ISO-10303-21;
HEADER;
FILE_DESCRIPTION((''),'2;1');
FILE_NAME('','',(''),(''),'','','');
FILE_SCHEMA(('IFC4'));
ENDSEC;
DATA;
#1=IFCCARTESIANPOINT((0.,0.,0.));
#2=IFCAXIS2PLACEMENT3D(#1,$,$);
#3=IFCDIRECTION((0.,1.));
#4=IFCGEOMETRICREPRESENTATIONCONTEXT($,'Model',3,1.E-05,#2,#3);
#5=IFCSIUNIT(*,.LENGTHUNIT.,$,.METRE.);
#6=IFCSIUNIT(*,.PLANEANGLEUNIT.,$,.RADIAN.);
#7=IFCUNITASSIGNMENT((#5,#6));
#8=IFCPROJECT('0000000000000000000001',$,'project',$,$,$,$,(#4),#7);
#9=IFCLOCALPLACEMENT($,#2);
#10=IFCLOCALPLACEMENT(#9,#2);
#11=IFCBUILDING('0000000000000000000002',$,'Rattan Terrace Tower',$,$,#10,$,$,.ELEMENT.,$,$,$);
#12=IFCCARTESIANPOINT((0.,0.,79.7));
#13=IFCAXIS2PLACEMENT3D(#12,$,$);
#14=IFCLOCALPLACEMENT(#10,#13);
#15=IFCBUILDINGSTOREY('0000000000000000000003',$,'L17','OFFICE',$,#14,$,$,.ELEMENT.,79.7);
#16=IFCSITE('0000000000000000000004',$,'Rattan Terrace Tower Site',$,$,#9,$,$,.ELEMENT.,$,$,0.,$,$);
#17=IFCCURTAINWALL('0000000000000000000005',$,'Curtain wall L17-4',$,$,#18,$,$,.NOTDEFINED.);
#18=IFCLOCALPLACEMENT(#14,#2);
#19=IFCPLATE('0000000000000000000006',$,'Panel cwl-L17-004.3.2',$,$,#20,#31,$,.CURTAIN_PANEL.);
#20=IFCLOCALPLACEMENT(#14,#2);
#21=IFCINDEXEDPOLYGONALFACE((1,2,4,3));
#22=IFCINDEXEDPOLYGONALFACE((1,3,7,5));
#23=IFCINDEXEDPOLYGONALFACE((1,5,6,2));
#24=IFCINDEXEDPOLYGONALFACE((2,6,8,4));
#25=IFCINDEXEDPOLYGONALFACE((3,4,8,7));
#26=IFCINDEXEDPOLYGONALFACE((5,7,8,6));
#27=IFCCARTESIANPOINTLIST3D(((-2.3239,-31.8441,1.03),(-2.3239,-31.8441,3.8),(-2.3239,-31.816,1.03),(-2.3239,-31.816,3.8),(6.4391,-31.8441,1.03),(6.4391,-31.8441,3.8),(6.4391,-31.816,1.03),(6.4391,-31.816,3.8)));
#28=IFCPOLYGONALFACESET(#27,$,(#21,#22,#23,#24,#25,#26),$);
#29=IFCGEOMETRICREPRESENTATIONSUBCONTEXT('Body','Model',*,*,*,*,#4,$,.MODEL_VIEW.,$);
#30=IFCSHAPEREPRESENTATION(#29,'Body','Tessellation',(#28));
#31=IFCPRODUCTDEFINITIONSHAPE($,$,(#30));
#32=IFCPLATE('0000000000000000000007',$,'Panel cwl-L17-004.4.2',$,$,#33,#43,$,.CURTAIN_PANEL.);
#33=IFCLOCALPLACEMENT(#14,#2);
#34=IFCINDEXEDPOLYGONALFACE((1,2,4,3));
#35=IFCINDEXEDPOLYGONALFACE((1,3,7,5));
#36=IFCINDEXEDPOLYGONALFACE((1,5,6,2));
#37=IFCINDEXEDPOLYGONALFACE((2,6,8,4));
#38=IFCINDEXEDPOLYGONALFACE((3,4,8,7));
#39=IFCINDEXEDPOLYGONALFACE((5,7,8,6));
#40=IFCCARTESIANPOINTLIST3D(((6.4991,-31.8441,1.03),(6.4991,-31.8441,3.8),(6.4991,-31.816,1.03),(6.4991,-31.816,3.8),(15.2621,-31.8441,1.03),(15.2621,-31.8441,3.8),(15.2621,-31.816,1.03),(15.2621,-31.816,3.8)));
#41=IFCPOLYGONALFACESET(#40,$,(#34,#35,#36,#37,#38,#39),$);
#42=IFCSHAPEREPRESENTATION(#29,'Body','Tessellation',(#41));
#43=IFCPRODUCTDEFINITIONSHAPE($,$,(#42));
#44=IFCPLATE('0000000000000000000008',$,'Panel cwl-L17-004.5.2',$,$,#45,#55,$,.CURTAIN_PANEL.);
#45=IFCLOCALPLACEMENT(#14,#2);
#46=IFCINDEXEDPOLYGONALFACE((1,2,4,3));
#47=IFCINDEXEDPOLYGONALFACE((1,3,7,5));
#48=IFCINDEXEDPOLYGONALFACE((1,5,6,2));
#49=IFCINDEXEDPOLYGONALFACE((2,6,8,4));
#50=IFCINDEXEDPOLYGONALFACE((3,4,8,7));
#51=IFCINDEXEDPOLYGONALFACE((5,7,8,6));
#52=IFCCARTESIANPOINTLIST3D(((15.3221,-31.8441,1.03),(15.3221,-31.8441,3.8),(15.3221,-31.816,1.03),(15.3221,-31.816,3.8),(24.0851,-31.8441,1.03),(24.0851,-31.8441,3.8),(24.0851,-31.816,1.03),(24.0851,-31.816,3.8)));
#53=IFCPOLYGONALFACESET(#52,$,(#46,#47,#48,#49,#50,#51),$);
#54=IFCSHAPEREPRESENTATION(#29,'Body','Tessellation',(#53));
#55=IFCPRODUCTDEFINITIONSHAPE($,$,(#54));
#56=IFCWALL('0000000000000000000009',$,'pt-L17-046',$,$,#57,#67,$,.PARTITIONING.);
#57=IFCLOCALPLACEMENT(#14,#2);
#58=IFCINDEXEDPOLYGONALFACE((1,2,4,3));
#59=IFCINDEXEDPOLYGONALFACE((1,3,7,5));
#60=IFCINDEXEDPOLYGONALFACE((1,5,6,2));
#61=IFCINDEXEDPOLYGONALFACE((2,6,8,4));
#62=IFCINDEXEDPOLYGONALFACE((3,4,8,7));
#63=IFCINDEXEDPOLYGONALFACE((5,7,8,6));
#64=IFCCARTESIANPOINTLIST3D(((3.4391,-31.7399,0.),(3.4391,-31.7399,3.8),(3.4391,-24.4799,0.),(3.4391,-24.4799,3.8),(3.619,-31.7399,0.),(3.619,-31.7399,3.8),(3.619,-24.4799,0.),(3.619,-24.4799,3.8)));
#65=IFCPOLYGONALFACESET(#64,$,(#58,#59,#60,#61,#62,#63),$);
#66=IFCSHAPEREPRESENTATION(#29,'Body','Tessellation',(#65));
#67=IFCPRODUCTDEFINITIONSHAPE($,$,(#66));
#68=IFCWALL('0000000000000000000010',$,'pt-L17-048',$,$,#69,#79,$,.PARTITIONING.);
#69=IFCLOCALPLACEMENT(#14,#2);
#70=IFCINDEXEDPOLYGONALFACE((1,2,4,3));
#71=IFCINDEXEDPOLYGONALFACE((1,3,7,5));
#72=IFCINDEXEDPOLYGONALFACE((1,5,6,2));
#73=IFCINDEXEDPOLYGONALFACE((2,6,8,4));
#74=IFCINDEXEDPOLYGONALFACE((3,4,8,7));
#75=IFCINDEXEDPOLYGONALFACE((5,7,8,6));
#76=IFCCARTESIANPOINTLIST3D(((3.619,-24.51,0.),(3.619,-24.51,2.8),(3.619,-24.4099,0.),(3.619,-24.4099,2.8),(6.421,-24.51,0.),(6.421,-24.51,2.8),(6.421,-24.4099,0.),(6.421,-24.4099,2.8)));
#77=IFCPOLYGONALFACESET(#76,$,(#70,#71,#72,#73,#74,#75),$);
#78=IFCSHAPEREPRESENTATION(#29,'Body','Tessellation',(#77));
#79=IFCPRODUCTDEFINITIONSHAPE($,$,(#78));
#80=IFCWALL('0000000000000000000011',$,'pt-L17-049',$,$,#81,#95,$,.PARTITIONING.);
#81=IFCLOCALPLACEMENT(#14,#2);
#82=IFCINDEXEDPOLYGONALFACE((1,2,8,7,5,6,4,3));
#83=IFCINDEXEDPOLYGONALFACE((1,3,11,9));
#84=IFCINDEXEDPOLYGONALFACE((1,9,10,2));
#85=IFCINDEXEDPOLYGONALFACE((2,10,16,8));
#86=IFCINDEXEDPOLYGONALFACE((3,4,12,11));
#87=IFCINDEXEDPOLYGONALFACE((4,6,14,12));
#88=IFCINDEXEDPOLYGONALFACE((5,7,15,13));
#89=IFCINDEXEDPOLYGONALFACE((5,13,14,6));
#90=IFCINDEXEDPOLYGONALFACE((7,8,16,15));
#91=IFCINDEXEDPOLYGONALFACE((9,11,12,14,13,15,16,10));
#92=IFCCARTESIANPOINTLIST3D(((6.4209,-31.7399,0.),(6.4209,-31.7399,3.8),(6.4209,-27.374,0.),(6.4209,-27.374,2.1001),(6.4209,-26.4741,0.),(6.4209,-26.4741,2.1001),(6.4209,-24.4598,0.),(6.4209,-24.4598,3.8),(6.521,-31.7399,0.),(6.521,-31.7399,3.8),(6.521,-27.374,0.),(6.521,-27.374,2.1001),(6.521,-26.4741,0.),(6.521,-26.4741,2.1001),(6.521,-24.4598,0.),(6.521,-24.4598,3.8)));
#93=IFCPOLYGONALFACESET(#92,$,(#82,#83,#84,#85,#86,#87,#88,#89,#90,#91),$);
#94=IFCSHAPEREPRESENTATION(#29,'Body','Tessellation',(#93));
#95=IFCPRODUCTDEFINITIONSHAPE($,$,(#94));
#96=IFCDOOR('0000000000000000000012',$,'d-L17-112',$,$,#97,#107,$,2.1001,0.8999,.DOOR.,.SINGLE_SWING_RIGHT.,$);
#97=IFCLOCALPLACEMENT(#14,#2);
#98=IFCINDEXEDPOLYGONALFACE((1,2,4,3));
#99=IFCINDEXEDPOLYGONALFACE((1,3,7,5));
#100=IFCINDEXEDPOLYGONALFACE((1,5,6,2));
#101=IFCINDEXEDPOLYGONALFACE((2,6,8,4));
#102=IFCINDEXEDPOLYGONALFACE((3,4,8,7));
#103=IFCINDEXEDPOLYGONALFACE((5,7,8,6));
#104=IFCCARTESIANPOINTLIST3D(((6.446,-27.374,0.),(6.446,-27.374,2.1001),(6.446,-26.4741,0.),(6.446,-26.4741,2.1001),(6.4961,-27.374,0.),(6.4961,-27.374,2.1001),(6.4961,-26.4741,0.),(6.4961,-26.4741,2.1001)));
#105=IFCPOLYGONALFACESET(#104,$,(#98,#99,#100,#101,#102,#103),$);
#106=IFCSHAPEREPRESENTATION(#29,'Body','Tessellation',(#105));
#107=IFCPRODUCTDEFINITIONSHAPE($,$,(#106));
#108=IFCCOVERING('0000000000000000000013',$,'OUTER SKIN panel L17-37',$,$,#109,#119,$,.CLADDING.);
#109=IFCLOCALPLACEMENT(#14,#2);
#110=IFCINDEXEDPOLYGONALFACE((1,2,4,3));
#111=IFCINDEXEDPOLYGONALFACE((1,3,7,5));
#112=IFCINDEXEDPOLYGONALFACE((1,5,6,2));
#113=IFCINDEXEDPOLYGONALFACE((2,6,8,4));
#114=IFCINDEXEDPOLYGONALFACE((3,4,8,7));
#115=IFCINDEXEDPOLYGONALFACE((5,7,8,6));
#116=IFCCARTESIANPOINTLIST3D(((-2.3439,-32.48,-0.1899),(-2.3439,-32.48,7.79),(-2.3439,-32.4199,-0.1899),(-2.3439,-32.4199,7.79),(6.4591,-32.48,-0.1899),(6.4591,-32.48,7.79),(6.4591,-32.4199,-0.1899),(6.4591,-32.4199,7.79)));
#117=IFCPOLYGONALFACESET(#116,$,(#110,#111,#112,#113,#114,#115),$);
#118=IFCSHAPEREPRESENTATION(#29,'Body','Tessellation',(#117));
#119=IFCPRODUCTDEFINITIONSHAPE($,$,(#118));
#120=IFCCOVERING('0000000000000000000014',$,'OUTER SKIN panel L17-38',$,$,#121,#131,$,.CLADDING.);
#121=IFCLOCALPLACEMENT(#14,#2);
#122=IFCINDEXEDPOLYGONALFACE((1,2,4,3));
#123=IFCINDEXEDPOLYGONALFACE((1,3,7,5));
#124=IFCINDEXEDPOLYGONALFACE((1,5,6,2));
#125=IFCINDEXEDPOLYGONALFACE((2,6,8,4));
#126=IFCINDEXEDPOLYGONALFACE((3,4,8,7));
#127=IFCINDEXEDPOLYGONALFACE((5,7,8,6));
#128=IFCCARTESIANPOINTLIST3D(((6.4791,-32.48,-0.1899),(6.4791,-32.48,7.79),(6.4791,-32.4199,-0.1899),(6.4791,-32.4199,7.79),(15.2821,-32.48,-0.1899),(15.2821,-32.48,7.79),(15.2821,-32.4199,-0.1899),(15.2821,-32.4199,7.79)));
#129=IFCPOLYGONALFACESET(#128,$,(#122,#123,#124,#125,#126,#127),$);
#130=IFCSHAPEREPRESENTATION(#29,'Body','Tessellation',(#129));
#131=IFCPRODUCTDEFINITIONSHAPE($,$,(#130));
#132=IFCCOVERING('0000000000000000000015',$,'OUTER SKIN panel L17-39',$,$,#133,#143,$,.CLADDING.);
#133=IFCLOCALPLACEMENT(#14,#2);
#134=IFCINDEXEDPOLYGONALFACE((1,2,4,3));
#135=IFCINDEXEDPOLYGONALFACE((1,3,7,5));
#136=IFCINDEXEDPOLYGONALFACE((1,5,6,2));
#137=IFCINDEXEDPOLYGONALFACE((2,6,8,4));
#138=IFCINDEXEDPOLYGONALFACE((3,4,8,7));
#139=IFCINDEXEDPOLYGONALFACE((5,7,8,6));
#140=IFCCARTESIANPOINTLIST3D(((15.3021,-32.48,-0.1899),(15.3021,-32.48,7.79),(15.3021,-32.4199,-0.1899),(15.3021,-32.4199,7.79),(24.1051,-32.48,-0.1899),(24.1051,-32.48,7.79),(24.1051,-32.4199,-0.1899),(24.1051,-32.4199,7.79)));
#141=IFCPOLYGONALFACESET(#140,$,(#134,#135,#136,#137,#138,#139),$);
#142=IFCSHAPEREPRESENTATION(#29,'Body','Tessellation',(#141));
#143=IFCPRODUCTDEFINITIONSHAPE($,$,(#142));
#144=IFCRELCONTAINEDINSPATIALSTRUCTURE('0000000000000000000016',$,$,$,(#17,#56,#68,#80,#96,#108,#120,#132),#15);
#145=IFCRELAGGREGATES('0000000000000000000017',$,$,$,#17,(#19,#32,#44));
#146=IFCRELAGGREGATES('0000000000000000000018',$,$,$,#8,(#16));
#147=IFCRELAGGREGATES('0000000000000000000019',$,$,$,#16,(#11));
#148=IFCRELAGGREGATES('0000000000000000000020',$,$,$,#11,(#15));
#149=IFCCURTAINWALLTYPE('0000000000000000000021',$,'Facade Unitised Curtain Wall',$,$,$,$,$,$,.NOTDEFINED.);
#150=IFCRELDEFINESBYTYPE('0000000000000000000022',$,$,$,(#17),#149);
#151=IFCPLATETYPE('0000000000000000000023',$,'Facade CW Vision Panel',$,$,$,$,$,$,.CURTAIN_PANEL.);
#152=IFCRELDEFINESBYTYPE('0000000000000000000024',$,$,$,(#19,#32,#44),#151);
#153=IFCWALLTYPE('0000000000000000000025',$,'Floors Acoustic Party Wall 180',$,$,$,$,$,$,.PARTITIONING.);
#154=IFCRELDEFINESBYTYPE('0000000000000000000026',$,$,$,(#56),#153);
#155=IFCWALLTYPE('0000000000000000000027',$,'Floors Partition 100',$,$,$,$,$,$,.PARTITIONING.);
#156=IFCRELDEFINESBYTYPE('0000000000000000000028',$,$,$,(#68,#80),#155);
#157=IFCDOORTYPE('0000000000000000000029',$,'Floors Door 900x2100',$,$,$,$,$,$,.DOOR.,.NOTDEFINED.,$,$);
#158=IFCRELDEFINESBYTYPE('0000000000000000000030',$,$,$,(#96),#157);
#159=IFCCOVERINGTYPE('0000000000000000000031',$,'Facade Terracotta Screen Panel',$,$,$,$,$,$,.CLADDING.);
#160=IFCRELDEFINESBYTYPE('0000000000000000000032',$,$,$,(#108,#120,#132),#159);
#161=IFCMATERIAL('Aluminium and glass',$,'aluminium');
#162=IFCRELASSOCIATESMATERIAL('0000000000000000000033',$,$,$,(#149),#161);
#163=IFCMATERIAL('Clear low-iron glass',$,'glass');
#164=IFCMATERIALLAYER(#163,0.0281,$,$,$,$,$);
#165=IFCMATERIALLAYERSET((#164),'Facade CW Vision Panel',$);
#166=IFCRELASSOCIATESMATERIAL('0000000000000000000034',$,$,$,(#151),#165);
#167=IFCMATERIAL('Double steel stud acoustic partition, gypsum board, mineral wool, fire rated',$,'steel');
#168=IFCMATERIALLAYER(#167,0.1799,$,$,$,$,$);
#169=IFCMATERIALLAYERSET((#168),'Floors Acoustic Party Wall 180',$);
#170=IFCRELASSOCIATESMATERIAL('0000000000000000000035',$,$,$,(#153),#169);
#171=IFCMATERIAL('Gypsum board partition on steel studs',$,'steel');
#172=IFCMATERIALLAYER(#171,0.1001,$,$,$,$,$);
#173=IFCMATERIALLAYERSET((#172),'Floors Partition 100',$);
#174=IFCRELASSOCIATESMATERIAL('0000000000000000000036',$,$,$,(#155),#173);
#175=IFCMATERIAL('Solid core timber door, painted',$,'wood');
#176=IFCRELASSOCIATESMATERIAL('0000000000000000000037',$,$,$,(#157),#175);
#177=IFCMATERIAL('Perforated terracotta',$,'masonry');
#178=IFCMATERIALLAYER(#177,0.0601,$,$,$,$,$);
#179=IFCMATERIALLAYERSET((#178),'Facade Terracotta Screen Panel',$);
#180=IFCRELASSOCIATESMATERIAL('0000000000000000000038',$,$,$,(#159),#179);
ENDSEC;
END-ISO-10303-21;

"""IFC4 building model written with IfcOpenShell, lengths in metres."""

from ifc_helpers import new_model, si_unit, direction, frame, frame_2d, origin, origin_2d, place, context, subcontext, project, spatial, rectangle, extrude, material, layer, layer_set, type_object, element, fill, aggregate, save


model = new_model("IFC4")

# Units and contexts
model_context = context("Model", 3, precision=1e-05, world=origin(), true_north=direction((0.0, 1.0)))
body_context = subcontext(model_context, "Body", "Model", "MODEL_VIEW")
ifc_project = project(units=[si_unit("LENGTHUNIT", "METRE"), si_unit("PLANEANGLEUNIT", "RADIAN")], contexts=[model_context])

# Site, building, storey
site_placement = place(None, origin())
site = spatial("IfcSite", under=ifc_project, at=site_placement, Name="Rattan Terrace Tower Site", CompositionType="ELEMENT", RefElevation=0.0)
building_placement = place(site_placement, origin())
building = spatial("IfcBuilding", under=site, at=building_placement, Name="Rattan Terrace Tower", CompositionType="ELEMENT")
storey_placement = place(building_placement, frame((0.0, 0.0, 79.7)))
storey = spatial("IfcBuildingStorey", under=building, at=storey_placement, Name="L17", Description="OFFICE", CompositionType="ELEMENT", Elevation=79.7)

# Curtain wall
ifc_material_1 = material(Name="Aluminium and glass", Category="aluminium")
curtain_wall_type = type_object("IfcCurtainWallType", Name="Facade Unitised Curtain Wall", PredefinedType="NOTDEFINED", material=ifc_material_1)
curtain_wall_placement = place(storey_placement, origin())
curtain_wall = element("IfcCurtainWall", 1, at=curtain_wall_placement, inside=storey, type_object=curtain_wall_type, Name="Curtain wall L17-4", PredefinedType="NOTDEFINED")

# Plates
ifc_material_2 = material(Name="Clear low-iron glass", Category="glass")
ifc_layer_1 = layer(ifc_material_2, 0.0281)
ifc_layer_set_1 = layer_set([ifc_layer_1], Name="Facade CW Vision Panel")
plate_type_1 = type_object("IfcPlateType", Name="Facade CW Vision Panel", PredefinedType="CURTAIN_PANEL", material=ifc_layer_set_1)
plate_1_placement = place(storey_placement, frame((2.0576, -31.8301, 1.03), z_axis=(0.0, 0.0, 1.0), x_axis=(1.0, 0.0, 0.0)))
plate_1 = element("IfcPlate", 2, at=plate_1_placement, type_object=plate_type_1, Name="Panel cwl-L17-004.3.2", PredefinedType="CURTAIN_PANEL", context=body_context, shape_type="SweptSolid", body=[
    extrude(rectangle(XDim=8.7629, YDim=0.0281, at=origin_2d()), origin(), (0.0, 0.0, 1.0), 2.77),
])
plate_2_placement = place(storey_placement, frame((10.8806, -31.8301, 1.03), z_axis=(0.0, 0.0, 1.0), x_axis=(1.0, 0.0, 0.0)))
plate_2 = element("IfcPlate", 3, at=plate_2_placement, type_object=plate_type_1, Name="Panel cwl-L17-004.4.2", PredefinedType="CURTAIN_PANEL", context=body_context, shape_type="SweptSolid", body=[
    extrude(rectangle(XDim=8.7629, YDim=0.0281, at=origin_2d()), origin(), (0.0, 0.0, 1.0), 2.77),
])
plate_3_placement = place(storey_placement, frame((19.7036, -31.8301, 1.03), z_axis=(0.0, 0.0, 1.0), x_axis=(1.0, 0.0, 0.0)))
plate_3 = element("IfcPlate", 4, at=plate_3_placement, type_object=plate_type_1, Name="Panel cwl-L17-004.5.2", PredefinedType="CURTAIN_PANEL", context=body_context, shape_type="SweptSolid", body=[
    extrude(rectangle(XDim=8.7629, YDim=0.0281, at=origin_2d()), origin(), (0.0, 0.0, 1.0), 2.77),
])
aggregate(curtain_wall, [plate_1, plate_2, plate_3])

# Walls
ifc_material_3 = material(Name="Double steel stud acoustic partition, gypsum board, mineral wool, fire rated", Category="steel")
ifc_layer_2 = layer(ifc_material_3, 0.1799)
ifc_layer_set_2 = layer_set([ifc_layer_2], Name="Floors Acoustic Party Wall 180")
wall_type_1 = type_object("IfcWallType", Name="Floors Acoustic Party Wall 180", PredefinedType="PARTITIONING", material=ifc_layer_set_2)
wall_1_placement = place(storey_placement, frame((3.5291, -24.48, 0.0), z_axis=(0.0, 0.0, 1.0), x_axis=(0.0, -1.0, 0.0)))
element("IfcWall", 5, at=wall_1_placement, inside=storey, type_object=wall_type_1, Name="pt-L17-046", PredefinedType="PARTITIONING", context=body_context, shape_type="SweptSolid", body=[
    extrude(rectangle(XDim=7.26, YDim=0.1799, at=frame_2d((3.6299, 0.0))), origin(), (0.0, 0.0, 1.0), 3.8),
])
ifc_material_4 = material(Name="Gypsum board partition on steel studs", Category="steel")
ifc_layer_3 = layer(ifc_material_4, 0.1001)
ifc_layer_set_3 = layer_set([ifc_layer_3], Name="Floors Partition 100")
wall_type_2 = type_object("IfcWallType", Name="Floors Partition 100", PredefinedType="PARTITIONING", material=ifc_layer_set_3)
wall_2_placement = place(storey_placement, frame((6.4209, -24.46, 0.0), z_axis=(0.0, 0.0, 1.0), x_axis=(-1.0, 0.0, 0.0)))
element("IfcWall", 6, at=wall_2_placement, inside=storey, type_object=wall_type_2, Name="pt-L17-048", PredefinedType="PARTITIONING", context=body_context, shape_type="SweptSolid", body=[
    extrude(rectangle(XDim=2.802, YDim=0.1001, at=frame_2d((1.4009, 0.0))), origin(), (0.0, 0.0, 1.0), 2.8),
])

# Wall, opening, door
wall_3_placement = place(storey_placement, frame((6.4709, -31.74, 0.0), z_axis=(0.0, 0.0, 1.0), x_axis=(0.0, 1.0, 0.0)))
wall_3 = element("IfcWall", 7, at=wall_3_placement, inside=storey, type_object=wall_type_2, Name="pt-L17-049", PredefinedType="PARTITIONING", context=body_context, shape_type="SweptSolid", body=[
    extrude(rectangle(XDim=7.28, YDim=0.1001, at=frame_2d((3.6401, 0.0))), origin(), (0.0, 0.0, 1.0), 3.8),
])
opening_placement = place(wall_3_placement, frame((4.366, 0.0, 0.0)))
opening = element("IfcOpeningElement", 8, at=opening_placement, cuts=wall_3, PredefinedType="OPENING", context=body_context, shape_type="SweptSolid", body=[
    extrude(rectangle(XDim=0.8999, YDim=2.1001, at=frame_2d((0.45, 1.05))), frame((0.0, 0.0605, 0.0), z_axis=(0.0, -1.0, 0.0), x_axis=(1.0, 0.0, 0.0)), (0.0, 0.0, 1.0), 0.1211),
])
ifc_material_5 = material(Name="Solid core timber door, painted", Category="wood")
door_type = type_object("IfcDoorType", Name="Floors Door 900x2100", OperationType="NOTDEFINED", PredefinedType="DOOR", material=ifc_material_5)
door_placement = place(opening_placement, origin())
door = element("IfcDoor", 9, at=door_placement, inside=storey, type_object=door_type, Name="d-L17-112", OperationType="SINGLE_SWING_RIGHT", OverallHeight=2.1001, OverallWidth=0.8999, PredefinedType="DOOR", context=body_context, shape_type="SweptSolid", body=[
    extrude(rectangle(XDim=0.8999, YDim=2.1001, at=frame_2d((0.45, 1.05))), frame((0.0, 0.0249, 0.0), z_axis=(0.0, -1.0, 0.0), x_axis=(1.0, 0.0, 0.0)), (0.0, 0.0, 1.0), 0.05),
])
fill(opening, door)

# Coverings
ifc_material_6 = material(Name="Perforated terracotta", Category="masonry")
ifc_layer_4 = layer(ifc_material_6, 0.0601)
ifc_layer_set_4 = layer_set([ifc_layer_4], Name="Facade Terracotta Screen Panel")
covering_type = type_object("IfcCoveringType", Name="Facade Terracotta Screen Panel", PredefinedType="CLADDING", material=ifc_layer_set_4)
for number, where, z_axis, x_axis, name in (
    (10, (2.0576, -32.45, -0.1899), (0.0, 0.0, 1.0), (1.0, 0.0, 0.0), "OUTER SKIN panel L17-37"),
    (11, (10.8806, -32.45, -0.1899), (0.0, 0.0, 1.0), (1.0, 0.0, 0.0), "OUTER SKIN panel L17-38"),
    (12, (19.7036, -32.45, -0.1899), (0.0, 0.0, 1.0), (1.0, 0.0, 0.0), "OUTER SKIN panel L17-39"),
):
    element("IfcCovering", number, at=place(storey_placement, frame(where, z_axis=z_axis, x_axis=x_axis)), inside=storey, type_object=covering_type, Name=name, PredefinedType="CLADDING", context=body_context, shape_type="SweptSolid", body=[
        extrude(rectangle(XDim=8.803, YDim=0.0601, at=origin_2d()), origin(), (0.0, 0.0, 1.0), 7.98),
    ])

save(model, "model.ifc")
